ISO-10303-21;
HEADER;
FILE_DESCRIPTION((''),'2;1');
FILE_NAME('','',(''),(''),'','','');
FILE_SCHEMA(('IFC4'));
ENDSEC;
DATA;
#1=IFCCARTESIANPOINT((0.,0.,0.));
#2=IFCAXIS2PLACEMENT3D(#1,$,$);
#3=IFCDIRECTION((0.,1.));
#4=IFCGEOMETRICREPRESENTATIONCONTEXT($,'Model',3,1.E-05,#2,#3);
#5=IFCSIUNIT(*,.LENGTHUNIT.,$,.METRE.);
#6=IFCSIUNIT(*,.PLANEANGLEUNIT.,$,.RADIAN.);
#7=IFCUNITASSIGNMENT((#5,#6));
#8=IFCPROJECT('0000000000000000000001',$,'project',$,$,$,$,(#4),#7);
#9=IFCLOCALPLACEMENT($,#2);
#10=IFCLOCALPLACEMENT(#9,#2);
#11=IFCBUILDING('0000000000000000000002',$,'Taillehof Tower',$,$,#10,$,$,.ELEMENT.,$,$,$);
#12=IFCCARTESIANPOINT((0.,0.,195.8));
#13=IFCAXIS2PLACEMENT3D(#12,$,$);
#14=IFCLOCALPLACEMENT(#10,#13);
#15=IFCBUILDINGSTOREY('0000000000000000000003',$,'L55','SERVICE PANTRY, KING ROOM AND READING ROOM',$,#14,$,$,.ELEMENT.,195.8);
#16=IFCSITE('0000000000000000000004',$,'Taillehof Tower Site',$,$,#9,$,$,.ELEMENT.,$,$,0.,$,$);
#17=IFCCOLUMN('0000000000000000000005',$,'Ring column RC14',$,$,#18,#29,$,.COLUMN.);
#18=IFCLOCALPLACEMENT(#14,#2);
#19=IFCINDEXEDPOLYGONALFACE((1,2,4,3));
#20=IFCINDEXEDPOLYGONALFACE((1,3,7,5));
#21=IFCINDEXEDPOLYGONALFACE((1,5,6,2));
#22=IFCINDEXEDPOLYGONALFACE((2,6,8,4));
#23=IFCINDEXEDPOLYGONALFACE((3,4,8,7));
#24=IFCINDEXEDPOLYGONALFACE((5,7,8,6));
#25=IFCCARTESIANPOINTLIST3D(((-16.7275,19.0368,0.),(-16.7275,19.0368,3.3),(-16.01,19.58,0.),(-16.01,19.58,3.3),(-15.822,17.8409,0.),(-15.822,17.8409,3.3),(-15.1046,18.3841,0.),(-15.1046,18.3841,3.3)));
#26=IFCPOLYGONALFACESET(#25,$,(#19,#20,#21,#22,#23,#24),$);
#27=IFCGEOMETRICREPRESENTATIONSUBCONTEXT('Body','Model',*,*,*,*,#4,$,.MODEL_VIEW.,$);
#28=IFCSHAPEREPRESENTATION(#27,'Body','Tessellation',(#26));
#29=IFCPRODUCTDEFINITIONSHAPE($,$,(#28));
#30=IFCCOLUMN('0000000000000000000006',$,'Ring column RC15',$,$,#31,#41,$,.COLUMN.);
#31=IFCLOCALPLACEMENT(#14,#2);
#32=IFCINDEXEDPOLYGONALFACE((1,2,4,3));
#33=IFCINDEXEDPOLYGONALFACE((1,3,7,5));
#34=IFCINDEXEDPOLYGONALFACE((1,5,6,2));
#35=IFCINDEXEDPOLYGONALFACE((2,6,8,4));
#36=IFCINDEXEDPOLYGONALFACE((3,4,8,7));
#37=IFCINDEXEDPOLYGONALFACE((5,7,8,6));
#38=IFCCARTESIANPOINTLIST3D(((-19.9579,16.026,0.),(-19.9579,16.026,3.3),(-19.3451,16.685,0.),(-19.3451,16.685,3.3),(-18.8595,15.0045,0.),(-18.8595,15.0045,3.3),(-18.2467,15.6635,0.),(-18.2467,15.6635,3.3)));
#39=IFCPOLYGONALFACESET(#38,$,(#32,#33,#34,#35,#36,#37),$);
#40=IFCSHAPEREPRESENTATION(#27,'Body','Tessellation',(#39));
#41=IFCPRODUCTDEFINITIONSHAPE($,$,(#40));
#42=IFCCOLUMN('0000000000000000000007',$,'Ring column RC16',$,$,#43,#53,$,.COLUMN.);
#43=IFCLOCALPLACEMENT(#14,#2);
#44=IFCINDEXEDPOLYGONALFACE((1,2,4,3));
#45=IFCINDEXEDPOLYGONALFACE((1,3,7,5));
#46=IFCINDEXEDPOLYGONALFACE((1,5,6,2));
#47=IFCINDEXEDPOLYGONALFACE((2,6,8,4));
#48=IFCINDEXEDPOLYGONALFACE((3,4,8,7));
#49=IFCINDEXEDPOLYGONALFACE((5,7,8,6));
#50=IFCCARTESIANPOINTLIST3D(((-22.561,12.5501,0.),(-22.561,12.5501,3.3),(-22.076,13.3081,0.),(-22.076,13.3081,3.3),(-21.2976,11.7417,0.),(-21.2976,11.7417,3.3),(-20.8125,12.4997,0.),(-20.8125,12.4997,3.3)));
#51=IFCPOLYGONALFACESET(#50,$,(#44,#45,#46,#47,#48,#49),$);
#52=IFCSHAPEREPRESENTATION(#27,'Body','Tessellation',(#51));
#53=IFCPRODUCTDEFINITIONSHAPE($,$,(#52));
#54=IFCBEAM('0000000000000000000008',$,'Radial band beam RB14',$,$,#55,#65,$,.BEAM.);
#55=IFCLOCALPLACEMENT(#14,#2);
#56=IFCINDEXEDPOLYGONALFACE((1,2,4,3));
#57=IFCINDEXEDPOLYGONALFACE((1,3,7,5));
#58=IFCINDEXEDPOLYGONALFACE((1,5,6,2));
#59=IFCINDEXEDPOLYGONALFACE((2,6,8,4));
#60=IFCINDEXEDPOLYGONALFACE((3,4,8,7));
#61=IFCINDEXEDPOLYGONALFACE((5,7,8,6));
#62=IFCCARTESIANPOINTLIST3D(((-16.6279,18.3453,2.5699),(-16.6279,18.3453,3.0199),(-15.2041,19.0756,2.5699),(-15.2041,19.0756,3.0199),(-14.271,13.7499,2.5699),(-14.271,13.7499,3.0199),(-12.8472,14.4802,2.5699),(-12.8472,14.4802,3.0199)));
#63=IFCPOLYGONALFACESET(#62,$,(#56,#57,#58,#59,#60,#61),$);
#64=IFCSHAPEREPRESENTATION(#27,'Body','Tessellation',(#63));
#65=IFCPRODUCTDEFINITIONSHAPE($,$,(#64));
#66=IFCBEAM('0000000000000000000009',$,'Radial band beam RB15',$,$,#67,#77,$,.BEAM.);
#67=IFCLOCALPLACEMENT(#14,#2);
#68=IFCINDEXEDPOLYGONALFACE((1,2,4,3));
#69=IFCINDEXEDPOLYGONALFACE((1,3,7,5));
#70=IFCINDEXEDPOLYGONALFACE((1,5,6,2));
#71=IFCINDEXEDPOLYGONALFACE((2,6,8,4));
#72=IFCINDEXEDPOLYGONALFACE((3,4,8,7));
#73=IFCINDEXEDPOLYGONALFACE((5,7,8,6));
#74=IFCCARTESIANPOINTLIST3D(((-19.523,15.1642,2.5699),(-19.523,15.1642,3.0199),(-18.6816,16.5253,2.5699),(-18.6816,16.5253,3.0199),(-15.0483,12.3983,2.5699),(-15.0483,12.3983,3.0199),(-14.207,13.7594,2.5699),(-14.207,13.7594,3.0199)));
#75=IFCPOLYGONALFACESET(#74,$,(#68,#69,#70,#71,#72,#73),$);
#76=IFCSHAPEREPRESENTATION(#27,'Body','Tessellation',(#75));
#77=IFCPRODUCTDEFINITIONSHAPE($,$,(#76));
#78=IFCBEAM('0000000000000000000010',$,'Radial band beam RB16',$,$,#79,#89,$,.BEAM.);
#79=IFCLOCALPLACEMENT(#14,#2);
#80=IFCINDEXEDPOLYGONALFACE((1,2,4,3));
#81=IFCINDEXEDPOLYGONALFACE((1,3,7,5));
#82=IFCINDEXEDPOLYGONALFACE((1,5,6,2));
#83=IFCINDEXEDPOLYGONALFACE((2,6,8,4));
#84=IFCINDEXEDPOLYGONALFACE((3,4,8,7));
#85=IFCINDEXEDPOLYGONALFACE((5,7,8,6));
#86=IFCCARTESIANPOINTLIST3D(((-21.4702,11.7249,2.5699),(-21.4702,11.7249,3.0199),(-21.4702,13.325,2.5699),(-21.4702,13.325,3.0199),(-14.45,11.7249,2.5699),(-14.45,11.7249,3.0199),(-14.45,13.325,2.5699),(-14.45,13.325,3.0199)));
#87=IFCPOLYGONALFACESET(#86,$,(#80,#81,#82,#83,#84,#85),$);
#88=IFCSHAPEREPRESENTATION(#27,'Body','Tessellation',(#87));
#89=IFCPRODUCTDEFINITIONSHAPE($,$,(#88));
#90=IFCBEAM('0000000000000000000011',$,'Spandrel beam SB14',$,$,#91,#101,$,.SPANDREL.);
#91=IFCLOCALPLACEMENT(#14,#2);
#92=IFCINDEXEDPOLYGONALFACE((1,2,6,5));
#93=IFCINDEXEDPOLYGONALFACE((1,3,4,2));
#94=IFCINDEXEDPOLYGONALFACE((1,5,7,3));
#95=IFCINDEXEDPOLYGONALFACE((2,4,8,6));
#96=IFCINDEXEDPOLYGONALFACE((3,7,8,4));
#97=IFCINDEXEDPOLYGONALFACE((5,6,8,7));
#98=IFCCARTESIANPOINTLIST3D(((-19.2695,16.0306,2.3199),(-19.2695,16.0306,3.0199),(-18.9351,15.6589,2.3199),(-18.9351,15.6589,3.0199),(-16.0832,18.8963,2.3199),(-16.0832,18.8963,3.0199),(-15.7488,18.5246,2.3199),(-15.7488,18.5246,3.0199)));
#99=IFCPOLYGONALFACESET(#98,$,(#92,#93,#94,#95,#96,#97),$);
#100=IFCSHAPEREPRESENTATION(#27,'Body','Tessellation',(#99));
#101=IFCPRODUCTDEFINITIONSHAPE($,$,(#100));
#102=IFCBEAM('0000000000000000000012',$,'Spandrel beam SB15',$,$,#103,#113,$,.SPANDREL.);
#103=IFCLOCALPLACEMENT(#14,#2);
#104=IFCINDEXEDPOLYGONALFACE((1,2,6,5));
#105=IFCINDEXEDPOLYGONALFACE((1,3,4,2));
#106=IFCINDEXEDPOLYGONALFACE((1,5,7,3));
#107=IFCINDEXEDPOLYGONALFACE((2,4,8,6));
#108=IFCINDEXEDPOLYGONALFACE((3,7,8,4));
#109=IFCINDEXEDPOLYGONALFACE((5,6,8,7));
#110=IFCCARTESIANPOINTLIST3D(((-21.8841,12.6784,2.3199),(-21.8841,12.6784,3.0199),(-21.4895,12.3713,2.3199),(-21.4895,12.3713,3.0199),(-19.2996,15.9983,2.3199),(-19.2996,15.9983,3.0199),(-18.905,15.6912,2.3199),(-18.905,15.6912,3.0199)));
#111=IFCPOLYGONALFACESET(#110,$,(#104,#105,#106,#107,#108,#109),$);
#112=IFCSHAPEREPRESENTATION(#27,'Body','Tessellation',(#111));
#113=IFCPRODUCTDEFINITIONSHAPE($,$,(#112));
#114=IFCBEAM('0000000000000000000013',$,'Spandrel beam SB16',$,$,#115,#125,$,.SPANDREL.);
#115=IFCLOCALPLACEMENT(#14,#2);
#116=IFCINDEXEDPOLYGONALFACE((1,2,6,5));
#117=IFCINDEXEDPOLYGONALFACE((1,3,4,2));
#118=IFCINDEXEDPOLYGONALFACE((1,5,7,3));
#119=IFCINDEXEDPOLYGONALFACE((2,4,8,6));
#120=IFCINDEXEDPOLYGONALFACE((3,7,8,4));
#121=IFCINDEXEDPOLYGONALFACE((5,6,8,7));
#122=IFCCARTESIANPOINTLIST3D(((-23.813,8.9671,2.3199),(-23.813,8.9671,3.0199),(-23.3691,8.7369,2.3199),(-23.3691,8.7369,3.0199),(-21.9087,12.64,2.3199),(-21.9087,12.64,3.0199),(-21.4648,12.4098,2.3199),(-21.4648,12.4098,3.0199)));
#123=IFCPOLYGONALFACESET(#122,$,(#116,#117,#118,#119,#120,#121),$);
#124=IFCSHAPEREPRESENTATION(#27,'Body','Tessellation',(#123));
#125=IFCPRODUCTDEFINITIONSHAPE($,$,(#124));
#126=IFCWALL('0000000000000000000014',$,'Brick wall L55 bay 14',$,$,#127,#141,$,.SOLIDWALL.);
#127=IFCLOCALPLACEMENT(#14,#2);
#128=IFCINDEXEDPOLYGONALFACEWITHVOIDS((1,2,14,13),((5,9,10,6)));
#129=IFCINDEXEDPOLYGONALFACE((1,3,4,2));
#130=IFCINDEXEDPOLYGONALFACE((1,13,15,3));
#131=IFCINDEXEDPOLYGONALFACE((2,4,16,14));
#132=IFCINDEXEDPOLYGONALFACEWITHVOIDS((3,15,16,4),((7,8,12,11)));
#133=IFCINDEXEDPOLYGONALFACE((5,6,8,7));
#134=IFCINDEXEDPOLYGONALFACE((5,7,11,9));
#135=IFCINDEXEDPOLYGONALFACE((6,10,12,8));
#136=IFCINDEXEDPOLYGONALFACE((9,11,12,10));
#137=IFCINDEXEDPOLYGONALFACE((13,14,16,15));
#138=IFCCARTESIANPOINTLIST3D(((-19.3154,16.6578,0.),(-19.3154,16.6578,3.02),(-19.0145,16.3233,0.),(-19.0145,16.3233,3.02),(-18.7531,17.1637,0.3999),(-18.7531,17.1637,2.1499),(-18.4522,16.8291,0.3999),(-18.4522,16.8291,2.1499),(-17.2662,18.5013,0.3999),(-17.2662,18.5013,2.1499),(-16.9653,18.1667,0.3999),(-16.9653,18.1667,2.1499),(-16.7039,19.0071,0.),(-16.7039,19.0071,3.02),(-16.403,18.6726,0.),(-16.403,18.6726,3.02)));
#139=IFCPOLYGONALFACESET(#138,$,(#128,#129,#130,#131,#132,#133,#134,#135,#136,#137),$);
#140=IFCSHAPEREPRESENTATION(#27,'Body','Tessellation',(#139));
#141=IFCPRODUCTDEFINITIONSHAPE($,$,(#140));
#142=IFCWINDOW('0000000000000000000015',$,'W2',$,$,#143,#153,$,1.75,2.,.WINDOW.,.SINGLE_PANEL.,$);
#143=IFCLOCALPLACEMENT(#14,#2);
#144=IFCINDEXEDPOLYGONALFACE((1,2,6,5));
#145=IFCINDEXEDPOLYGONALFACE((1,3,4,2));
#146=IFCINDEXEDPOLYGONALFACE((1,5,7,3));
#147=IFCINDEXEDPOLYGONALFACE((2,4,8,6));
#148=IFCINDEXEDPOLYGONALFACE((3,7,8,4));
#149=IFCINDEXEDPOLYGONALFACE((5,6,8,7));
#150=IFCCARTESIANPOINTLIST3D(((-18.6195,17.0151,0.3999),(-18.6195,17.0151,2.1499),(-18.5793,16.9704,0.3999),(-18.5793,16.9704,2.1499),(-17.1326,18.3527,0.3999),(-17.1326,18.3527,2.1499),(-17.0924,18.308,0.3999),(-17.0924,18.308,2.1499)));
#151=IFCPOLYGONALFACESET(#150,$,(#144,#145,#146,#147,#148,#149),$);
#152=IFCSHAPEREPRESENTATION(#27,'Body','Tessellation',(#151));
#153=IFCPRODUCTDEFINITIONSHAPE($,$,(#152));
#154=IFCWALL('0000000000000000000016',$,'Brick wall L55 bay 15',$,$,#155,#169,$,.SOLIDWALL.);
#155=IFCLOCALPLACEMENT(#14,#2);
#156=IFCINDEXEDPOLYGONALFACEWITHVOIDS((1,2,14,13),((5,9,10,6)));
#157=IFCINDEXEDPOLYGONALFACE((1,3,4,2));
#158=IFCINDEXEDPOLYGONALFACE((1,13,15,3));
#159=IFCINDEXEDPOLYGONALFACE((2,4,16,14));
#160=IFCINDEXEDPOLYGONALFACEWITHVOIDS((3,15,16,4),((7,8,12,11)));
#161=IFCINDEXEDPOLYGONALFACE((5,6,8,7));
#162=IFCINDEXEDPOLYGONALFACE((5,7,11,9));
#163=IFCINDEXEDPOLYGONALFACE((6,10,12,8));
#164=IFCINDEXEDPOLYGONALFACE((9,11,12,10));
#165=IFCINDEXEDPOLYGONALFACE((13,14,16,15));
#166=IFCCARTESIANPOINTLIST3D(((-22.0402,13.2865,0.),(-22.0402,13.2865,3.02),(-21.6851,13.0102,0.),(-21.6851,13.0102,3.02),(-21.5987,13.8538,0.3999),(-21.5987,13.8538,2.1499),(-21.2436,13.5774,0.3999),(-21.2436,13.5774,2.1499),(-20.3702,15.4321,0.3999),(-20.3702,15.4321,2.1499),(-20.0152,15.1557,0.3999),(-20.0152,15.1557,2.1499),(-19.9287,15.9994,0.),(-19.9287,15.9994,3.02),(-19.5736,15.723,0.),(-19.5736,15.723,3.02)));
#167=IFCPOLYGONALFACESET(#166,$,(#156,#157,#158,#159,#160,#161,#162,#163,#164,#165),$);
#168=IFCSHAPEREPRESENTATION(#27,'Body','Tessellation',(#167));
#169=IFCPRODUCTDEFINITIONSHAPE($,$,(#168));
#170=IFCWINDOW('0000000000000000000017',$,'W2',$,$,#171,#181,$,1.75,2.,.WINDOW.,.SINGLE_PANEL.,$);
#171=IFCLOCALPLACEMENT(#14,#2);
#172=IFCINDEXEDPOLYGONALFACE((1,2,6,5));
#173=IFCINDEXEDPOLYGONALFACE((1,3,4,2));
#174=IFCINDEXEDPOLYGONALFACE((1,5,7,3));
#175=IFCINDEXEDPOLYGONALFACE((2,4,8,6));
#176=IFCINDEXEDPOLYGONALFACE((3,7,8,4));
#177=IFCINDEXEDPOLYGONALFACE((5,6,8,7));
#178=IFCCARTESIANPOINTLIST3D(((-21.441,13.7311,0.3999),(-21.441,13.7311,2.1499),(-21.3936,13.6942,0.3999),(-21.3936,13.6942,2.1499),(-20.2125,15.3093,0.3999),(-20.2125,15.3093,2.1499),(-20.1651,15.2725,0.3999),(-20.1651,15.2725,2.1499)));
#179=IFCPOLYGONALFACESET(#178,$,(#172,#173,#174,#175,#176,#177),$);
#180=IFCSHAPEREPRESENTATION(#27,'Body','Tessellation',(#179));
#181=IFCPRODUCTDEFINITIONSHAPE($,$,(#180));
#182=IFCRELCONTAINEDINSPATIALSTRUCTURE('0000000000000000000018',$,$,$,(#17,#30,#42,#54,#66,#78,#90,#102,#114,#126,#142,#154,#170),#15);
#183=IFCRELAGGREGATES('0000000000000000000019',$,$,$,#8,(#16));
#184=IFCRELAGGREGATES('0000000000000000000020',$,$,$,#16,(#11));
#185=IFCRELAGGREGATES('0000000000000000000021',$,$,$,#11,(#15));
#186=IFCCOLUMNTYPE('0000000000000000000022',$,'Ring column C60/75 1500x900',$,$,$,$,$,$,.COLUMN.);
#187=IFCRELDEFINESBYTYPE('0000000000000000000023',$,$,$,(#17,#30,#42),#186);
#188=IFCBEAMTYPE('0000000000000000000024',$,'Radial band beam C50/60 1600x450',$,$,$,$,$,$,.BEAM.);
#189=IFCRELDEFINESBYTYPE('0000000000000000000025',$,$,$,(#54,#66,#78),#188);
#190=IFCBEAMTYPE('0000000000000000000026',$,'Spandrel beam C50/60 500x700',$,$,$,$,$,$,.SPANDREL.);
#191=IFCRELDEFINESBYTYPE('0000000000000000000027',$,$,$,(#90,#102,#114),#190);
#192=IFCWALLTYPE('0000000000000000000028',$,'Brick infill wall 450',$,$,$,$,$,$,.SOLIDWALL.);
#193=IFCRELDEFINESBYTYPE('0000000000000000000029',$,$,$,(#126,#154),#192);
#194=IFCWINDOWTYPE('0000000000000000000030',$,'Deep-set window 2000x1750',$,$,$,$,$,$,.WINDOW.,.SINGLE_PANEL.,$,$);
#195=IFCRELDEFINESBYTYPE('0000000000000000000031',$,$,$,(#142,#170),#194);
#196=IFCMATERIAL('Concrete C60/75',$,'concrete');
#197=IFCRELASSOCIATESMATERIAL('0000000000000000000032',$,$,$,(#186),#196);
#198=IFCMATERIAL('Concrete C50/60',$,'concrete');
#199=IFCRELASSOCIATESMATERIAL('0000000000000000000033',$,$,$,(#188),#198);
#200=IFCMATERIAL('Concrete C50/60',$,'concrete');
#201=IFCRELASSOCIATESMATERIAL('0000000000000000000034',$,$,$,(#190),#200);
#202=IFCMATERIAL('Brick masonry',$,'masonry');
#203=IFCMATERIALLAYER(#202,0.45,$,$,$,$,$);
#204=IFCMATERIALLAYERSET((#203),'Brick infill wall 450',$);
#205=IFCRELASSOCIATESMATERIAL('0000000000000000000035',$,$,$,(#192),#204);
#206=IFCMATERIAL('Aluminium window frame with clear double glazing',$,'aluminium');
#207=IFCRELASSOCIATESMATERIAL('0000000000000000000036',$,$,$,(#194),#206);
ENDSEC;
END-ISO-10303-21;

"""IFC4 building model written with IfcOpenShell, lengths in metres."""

from ifc_helpers import new_model, si_unit, direction, frame, frame_2d, origin, origin_2d, place, context, subcontext, project, spatial, rectangle, extrude, material, layer, layer_set, material_profile, profile_set, type_object, element, fill, save


model = new_model("IFC4")

# Units and contexts
model_context = context("Model", 3, precision=1e-05, world=origin(), true_north=direction((0.0, 1.0)))
body_context = subcontext(model_context, "Body", "Model", "MODEL_VIEW")
ifc_project = project(units=[si_unit("LENGTHUNIT", "METRE"), si_unit("PLANEANGLEUNIT", "RADIAN")], contexts=[model_context])

# Site, building, storey
site_placement = place(None, origin())
site = spatial("IfcSite", under=ifc_project, at=site_placement, Name="Taillehof Tower Site", CompositionType="ELEMENT", RefElevation=0.0)
building_placement = place(site_placement, origin())
building = spatial("IfcBuilding", under=site, at=building_placement, Name="Taillehof Tower", CompositionType="ELEMENT")
storey_placement = place(building_placement, frame((0.0, 0.0, 195.8)))
storey = spatial("IfcBuildingStorey", under=building, at=storey_placement, Name="L55", Description="SERVICE PANTRY, KING ROOM AND READING ROOM", CompositionType="ELEMENT", Elevation=195.8)

# Columns
ifc_material_1 = material(Name="Concrete C60/75", Category="concrete")
ifc_material_profile_1 = material_profile(ifc_material_1, rectangle(XDim=1.5, YDim=0.8999, at=origin_2d()), Name="RC 1500x900")
ifc_profile_set_1 = profile_set([ifc_material_profile_1], Name="Concrete C60/75")
column_type = type_object("IfcColumnType", Name="Ring column C60/75 1500x900", PredefinedType="COLUMN", material=ifc_profile_set_1)
for number, where, z_axis, x_axis, name in (
    (1, (-15.916, 18.7104, 0.0), (0.0, 0.0, 1.0), (-0.603608, 0.797281, 0.0), "Ring column RC14"),
    (2, (-19.1023, 15.8447, 0.0), (0.0, 0.0, 1.0), (-0.732271, 0.681013, 0.0), "Ring column RC15"),
    (3, (-21.6868, 12.5249, 0.0), (0.0, 0.0, 1.0), (-0.842311, 0.538992, 0.0), "Ring column RC16"),
):
    element("IfcColumn", number, at=place(storey_placement, frame(where, z_axis=z_axis, x_axis=x_axis)), inside=storey, type_object=column_type, Name=name, PredefinedType="COLUMN", context=body_context, shape_type="SweptSolid", body=[
        extrude(rectangle(XDim=1.5, YDim=0.8999, at=origin_2d()), origin(), (0.0, 0.0, 1.0), 3.3),
    ])

# Beams
ifc_material_2 = material(Name="Concrete C50/60", Category="concrete")
ifc_material_profile_2 = material_profile(ifc_material_2, rectangle(XDim=1.6001, YDim=0.45, at=origin_2d()), Name="RC 1600x450")
ifc_profile_set_2 = profile_set([ifc_material_profile_2], Name="Concrete C50/60")
beam_type_1 = type_object("IfcBeamType", Name="Radial band beam C50/60 1600x450", PredefinedType="BEAM", material=ifc_profile_set_2)
beam_1_placement = place(storey_placement, frame((-15.916, 18.7104, 2.7949), z_axis=(0.456361, -0.889795, 0.0), x_axis=(0.889795, 0.456361, 0.0)))
element("IfcBeam", 4, at=beam_1_placement, inside=storey, type_object=beam_type_1, Name="Radial band beam RB14", PredefinedType="BEAM", context=body_context, shape_type="SweptSolid", body=[
    extrude(rectangle(XDim=1.6001, YDim=0.45, at=origin_2d()), origin(), (0.0, 0.0, 1.0), 5.1646),
])
beam_2_placement = place(storey_placement, frame((-19.1023, 15.8447, 2.7949), z_axis=(0.850616, -0.525787, 0.0), x_axis=(0.525787, 0.850616, 0.0)))
element("IfcBeam", 5, at=beam_2_placement, inside=storey, type_object=beam_type_1, Name="Radial band beam RB15", PredefinedType="BEAM", context=body_context, shape_type="SweptSolid", body=[
    extrude(rectangle(XDim=1.6001, YDim=0.45, at=origin_2d()), origin(), (0.0, 0.0, 1.0), 5.2605),
])
beam_3_placement = place(storey_placement, frame((-21.4702, 12.5249, 2.7949), z_axis=(1.0, 0.0, 0.0), x_axis=(0.0, 1.0, 0.0)))
element("IfcBeam", 6, at=beam_3_placement, inside=storey, type_object=beam_type_1, Name="Radial band beam RB16", PredefinedType="BEAM", context=body_context, shape_type="SweptSolid", body=[
    extrude(rectangle(XDim=1.6001, YDim=0.45, at=origin_2d()), origin(), (0.0, 0.0, 1.0), 7.0203),
])
ifc_material_3 = material(Name="Concrete C50/60", Category="concrete")
ifc_material_profile_3 = material_profile(ifc_material_3, rectangle(XDim=0.5, YDim=0.7, at=origin_2d()), Name="RC 500x700")
ifc_profile_set_3 = profile_set([ifc_material_profile_3], Name="Concrete C50/60")
beam_type_2 = type_object("IfcBeamType", Name="Spandrel beam C50/60 500x700", PredefinedType="SPANDREL", material=ifc_profile_set_3)
beam_4_placement = place(storey_placement, frame((-15.916, 18.7104, 2.6699), z_axis=(-0.743518, -0.668716, 0.0), x_axis=(0.668716, -0.743518, 0.0)))
element("IfcBeam", 7, at=beam_4_placement, inside=storey, type_object=beam_type_2, Name="Spandrel beam SB14", PredefinedType="SPANDREL", context=body_context, shape_type="SweptSolid", body=[
    extrude(rectangle(XDim=0.5, YDim=0.7, at=origin_2d()), origin(), (0.0, 0.0, 1.0), 4.2854),
])
beam_5_placement = place(storey_placement, frame((-19.1023, 15.8447, 2.6699), z_axis=(-0.614294, -0.789077, 0.0), x_axis=(0.789077, -0.614294, 0.0)))
element("IfcBeam", 8, at=beam_5_placement, inside=storey, type_object=beam_type_2, Name="Spandrel beam SB15", PredefinedType="SPANDREL", context=body_context, shape_type="SweptSolid", body=[
    extrude(rectangle(XDim=0.5, YDim=0.7, at=origin_2d()), origin(), (0.0, 0.0, 1.0), 4.2073),
])
beam_6_placement = place(storey_placement, frame((-21.6868, 12.5249, 2.6699), z_axis=(-0.46029, -0.887769, 0.0), x_axis=(0.887769, -0.46029, 0.0)))
element("IfcBeam", 9, at=beam_6_placement, inside=storey, type_object=beam_type_2, Name="Spandrel beam SB16", PredefinedType="SPANDREL", context=body_context, shape_type="SweptSolid", body=[
    extrude(rectangle(XDim=0.5, YDim=0.7, at=origin_2d()), origin(), (0.0, 0.0, 1.0), 4.1372),
])

# Walls, openings, windows
ifc_material_4 = material(Name="Brick masonry", Category="masonry")
ifc_layer_1 = layer(ifc_material_4, 0.45)
ifc_layer_set_1 = layer_set([ifc_layer_1], Name="Brick infill wall 450")
wall_type_1 = type_object("IfcWallType", Name="Brick infill wall 450", PredefinedType="SOLIDWALL", material=ifc_layer_set_1)
wall_1_placement = place(storey_placement, frame((-16.5535, 18.8398, 0.0), z_axis=(0.0, 0.0, 1.0), x_axis=(-0.743443, -0.6688, 0.0)))
wall_1 = element("IfcWall", 10, at=wall_1_placement, inside=storey, type_object=wall_type_1, Name="Brick wall L55 bay 14", PredefinedType="SOLIDWALL", context=body_context, shape_type="SweptSolid", body=[
    extrude(rectangle(XDim=3.5127, YDim=0.45, at=frame_2d((1.7563, 0.0))), origin(), (0.0, 0.0, 1.0), 3.02),
])
opening_1_placement = place(wall_1_placement, frame((0.7563, 0.0, 0.3999)))
opening_1 = element("IfcOpeningElement", 11, at=opening_1_placement, cuts=wall_1, PredefinedType="OPENING", context=body_context, shape_type="SweptSolid", body=[
    extrude(rectangle(XDim=2.0, YDim=1.75, at=frame_2d((1.0, 0.875))), frame((0.0, 0.2349, 0.0), z_axis=(0.0, -1.0, 0.0), x_axis=(1.0, 0.0, 0.0)), (0.0, 0.0, 1.0), 0.47),
])
ifc_material_5 = material(Name="Aluminium window frame with clear double glazing", Category="aluminium")
window_type = type_object("IfcWindowType", Name="Deep-set window 2000x1750", PartitioningType="SINGLE_PANEL", PredefinedType="WINDOW", material=ifc_material_5)
window_1_placement = place(opening_1_placement, origin())
window_1 = element("IfcWindow", 12, at=window_1_placement, inside=storey, type_object=window_type, Name="W2", OverallHeight=1.75, OverallWidth=2.0, PartitioningType="SINGLE_PANEL", PredefinedType="WINDOW", context=body_context, shape_type="SweptSolid", body=[
    extrude(rectangle(XDim=2.0, YDim=1.75, at=frame_2d((1.0, 0.875))), frame((0.0, 0.0349, 0.0), z_axis=(0.0, -1.0, 0.0), x_axis=(1.0, 0.0, 0.0)), (0.0, 0.0, 1.0), 0.0601),
])
fill(opening_1, window_1)
wall_2_placement = place(storey_placement, frame((-19.7512, 15.8611, 0.0), z_axis=(0.0, 0.0, 1.0), x_axis=(-0.614221, -0.789134, 0.0)))
wall_2 = element("IfcWall", 13, at=wall_2_placement, inside=storey, type_object=wall_type_1, Name="Brick wall L55 bay 15", PredefinedType="SOLIDWALL", context=body_context, shape_type="SweptSolid", body=[
    extrude(rectangle(XDim=3.4377, YDim=0.45, at=frame_2d((1.7188, 0.0))), origin(), (0.0, 0.0, 1.0), 3.02),
])
opening_2_placement = place(wall_2_placement, frame((0.7188, 0.0, 0.3999)))
opening_2 = element("IfcOpeningElement", 14, at=opening_2_placement, cuts=wall_2, PredefinedType="OPENING", context=body_context, shape_type="SweptSolid", body=[
    extrude(rectangle(XDim=2.0, YDim=1.75, at=frame_2d((1.0, 0.875))), frame((0.0, 0.2349, 0.0), z_axis=(0.0, -1.0, 0.0), x_axis=(1.0, 0.0, 0.0)), (0.0, 0.0, 1.0), 0.47),
])
window_2_placement = place(opening_2_placement, origin())
window_2 = element("IfcWindow", 15, at=window_2_placement, inside=storey, type_object=window_type, Name="W2", OverallHeight=1.75, OverallWidth=2.0, PartitioningType="SINGLE_PANEL", PredefinedType="WINDOW", context=body_context, shape_type="SweptSolid", body=[
    extrude(rectangle(XDim=2.0, YDim=1.75, at=frame_2d((1.0, 0.875))), frame((0.0, 0.0349, 0.0), z_axis=(0.0, -1.0, 0.0), x_axis=(1.0, 0.0, 0.0)), (0.0, 0.0, 1.0), 0.0601),
])
fill(opening_2, window_2)

save(model, "model.ifc")
